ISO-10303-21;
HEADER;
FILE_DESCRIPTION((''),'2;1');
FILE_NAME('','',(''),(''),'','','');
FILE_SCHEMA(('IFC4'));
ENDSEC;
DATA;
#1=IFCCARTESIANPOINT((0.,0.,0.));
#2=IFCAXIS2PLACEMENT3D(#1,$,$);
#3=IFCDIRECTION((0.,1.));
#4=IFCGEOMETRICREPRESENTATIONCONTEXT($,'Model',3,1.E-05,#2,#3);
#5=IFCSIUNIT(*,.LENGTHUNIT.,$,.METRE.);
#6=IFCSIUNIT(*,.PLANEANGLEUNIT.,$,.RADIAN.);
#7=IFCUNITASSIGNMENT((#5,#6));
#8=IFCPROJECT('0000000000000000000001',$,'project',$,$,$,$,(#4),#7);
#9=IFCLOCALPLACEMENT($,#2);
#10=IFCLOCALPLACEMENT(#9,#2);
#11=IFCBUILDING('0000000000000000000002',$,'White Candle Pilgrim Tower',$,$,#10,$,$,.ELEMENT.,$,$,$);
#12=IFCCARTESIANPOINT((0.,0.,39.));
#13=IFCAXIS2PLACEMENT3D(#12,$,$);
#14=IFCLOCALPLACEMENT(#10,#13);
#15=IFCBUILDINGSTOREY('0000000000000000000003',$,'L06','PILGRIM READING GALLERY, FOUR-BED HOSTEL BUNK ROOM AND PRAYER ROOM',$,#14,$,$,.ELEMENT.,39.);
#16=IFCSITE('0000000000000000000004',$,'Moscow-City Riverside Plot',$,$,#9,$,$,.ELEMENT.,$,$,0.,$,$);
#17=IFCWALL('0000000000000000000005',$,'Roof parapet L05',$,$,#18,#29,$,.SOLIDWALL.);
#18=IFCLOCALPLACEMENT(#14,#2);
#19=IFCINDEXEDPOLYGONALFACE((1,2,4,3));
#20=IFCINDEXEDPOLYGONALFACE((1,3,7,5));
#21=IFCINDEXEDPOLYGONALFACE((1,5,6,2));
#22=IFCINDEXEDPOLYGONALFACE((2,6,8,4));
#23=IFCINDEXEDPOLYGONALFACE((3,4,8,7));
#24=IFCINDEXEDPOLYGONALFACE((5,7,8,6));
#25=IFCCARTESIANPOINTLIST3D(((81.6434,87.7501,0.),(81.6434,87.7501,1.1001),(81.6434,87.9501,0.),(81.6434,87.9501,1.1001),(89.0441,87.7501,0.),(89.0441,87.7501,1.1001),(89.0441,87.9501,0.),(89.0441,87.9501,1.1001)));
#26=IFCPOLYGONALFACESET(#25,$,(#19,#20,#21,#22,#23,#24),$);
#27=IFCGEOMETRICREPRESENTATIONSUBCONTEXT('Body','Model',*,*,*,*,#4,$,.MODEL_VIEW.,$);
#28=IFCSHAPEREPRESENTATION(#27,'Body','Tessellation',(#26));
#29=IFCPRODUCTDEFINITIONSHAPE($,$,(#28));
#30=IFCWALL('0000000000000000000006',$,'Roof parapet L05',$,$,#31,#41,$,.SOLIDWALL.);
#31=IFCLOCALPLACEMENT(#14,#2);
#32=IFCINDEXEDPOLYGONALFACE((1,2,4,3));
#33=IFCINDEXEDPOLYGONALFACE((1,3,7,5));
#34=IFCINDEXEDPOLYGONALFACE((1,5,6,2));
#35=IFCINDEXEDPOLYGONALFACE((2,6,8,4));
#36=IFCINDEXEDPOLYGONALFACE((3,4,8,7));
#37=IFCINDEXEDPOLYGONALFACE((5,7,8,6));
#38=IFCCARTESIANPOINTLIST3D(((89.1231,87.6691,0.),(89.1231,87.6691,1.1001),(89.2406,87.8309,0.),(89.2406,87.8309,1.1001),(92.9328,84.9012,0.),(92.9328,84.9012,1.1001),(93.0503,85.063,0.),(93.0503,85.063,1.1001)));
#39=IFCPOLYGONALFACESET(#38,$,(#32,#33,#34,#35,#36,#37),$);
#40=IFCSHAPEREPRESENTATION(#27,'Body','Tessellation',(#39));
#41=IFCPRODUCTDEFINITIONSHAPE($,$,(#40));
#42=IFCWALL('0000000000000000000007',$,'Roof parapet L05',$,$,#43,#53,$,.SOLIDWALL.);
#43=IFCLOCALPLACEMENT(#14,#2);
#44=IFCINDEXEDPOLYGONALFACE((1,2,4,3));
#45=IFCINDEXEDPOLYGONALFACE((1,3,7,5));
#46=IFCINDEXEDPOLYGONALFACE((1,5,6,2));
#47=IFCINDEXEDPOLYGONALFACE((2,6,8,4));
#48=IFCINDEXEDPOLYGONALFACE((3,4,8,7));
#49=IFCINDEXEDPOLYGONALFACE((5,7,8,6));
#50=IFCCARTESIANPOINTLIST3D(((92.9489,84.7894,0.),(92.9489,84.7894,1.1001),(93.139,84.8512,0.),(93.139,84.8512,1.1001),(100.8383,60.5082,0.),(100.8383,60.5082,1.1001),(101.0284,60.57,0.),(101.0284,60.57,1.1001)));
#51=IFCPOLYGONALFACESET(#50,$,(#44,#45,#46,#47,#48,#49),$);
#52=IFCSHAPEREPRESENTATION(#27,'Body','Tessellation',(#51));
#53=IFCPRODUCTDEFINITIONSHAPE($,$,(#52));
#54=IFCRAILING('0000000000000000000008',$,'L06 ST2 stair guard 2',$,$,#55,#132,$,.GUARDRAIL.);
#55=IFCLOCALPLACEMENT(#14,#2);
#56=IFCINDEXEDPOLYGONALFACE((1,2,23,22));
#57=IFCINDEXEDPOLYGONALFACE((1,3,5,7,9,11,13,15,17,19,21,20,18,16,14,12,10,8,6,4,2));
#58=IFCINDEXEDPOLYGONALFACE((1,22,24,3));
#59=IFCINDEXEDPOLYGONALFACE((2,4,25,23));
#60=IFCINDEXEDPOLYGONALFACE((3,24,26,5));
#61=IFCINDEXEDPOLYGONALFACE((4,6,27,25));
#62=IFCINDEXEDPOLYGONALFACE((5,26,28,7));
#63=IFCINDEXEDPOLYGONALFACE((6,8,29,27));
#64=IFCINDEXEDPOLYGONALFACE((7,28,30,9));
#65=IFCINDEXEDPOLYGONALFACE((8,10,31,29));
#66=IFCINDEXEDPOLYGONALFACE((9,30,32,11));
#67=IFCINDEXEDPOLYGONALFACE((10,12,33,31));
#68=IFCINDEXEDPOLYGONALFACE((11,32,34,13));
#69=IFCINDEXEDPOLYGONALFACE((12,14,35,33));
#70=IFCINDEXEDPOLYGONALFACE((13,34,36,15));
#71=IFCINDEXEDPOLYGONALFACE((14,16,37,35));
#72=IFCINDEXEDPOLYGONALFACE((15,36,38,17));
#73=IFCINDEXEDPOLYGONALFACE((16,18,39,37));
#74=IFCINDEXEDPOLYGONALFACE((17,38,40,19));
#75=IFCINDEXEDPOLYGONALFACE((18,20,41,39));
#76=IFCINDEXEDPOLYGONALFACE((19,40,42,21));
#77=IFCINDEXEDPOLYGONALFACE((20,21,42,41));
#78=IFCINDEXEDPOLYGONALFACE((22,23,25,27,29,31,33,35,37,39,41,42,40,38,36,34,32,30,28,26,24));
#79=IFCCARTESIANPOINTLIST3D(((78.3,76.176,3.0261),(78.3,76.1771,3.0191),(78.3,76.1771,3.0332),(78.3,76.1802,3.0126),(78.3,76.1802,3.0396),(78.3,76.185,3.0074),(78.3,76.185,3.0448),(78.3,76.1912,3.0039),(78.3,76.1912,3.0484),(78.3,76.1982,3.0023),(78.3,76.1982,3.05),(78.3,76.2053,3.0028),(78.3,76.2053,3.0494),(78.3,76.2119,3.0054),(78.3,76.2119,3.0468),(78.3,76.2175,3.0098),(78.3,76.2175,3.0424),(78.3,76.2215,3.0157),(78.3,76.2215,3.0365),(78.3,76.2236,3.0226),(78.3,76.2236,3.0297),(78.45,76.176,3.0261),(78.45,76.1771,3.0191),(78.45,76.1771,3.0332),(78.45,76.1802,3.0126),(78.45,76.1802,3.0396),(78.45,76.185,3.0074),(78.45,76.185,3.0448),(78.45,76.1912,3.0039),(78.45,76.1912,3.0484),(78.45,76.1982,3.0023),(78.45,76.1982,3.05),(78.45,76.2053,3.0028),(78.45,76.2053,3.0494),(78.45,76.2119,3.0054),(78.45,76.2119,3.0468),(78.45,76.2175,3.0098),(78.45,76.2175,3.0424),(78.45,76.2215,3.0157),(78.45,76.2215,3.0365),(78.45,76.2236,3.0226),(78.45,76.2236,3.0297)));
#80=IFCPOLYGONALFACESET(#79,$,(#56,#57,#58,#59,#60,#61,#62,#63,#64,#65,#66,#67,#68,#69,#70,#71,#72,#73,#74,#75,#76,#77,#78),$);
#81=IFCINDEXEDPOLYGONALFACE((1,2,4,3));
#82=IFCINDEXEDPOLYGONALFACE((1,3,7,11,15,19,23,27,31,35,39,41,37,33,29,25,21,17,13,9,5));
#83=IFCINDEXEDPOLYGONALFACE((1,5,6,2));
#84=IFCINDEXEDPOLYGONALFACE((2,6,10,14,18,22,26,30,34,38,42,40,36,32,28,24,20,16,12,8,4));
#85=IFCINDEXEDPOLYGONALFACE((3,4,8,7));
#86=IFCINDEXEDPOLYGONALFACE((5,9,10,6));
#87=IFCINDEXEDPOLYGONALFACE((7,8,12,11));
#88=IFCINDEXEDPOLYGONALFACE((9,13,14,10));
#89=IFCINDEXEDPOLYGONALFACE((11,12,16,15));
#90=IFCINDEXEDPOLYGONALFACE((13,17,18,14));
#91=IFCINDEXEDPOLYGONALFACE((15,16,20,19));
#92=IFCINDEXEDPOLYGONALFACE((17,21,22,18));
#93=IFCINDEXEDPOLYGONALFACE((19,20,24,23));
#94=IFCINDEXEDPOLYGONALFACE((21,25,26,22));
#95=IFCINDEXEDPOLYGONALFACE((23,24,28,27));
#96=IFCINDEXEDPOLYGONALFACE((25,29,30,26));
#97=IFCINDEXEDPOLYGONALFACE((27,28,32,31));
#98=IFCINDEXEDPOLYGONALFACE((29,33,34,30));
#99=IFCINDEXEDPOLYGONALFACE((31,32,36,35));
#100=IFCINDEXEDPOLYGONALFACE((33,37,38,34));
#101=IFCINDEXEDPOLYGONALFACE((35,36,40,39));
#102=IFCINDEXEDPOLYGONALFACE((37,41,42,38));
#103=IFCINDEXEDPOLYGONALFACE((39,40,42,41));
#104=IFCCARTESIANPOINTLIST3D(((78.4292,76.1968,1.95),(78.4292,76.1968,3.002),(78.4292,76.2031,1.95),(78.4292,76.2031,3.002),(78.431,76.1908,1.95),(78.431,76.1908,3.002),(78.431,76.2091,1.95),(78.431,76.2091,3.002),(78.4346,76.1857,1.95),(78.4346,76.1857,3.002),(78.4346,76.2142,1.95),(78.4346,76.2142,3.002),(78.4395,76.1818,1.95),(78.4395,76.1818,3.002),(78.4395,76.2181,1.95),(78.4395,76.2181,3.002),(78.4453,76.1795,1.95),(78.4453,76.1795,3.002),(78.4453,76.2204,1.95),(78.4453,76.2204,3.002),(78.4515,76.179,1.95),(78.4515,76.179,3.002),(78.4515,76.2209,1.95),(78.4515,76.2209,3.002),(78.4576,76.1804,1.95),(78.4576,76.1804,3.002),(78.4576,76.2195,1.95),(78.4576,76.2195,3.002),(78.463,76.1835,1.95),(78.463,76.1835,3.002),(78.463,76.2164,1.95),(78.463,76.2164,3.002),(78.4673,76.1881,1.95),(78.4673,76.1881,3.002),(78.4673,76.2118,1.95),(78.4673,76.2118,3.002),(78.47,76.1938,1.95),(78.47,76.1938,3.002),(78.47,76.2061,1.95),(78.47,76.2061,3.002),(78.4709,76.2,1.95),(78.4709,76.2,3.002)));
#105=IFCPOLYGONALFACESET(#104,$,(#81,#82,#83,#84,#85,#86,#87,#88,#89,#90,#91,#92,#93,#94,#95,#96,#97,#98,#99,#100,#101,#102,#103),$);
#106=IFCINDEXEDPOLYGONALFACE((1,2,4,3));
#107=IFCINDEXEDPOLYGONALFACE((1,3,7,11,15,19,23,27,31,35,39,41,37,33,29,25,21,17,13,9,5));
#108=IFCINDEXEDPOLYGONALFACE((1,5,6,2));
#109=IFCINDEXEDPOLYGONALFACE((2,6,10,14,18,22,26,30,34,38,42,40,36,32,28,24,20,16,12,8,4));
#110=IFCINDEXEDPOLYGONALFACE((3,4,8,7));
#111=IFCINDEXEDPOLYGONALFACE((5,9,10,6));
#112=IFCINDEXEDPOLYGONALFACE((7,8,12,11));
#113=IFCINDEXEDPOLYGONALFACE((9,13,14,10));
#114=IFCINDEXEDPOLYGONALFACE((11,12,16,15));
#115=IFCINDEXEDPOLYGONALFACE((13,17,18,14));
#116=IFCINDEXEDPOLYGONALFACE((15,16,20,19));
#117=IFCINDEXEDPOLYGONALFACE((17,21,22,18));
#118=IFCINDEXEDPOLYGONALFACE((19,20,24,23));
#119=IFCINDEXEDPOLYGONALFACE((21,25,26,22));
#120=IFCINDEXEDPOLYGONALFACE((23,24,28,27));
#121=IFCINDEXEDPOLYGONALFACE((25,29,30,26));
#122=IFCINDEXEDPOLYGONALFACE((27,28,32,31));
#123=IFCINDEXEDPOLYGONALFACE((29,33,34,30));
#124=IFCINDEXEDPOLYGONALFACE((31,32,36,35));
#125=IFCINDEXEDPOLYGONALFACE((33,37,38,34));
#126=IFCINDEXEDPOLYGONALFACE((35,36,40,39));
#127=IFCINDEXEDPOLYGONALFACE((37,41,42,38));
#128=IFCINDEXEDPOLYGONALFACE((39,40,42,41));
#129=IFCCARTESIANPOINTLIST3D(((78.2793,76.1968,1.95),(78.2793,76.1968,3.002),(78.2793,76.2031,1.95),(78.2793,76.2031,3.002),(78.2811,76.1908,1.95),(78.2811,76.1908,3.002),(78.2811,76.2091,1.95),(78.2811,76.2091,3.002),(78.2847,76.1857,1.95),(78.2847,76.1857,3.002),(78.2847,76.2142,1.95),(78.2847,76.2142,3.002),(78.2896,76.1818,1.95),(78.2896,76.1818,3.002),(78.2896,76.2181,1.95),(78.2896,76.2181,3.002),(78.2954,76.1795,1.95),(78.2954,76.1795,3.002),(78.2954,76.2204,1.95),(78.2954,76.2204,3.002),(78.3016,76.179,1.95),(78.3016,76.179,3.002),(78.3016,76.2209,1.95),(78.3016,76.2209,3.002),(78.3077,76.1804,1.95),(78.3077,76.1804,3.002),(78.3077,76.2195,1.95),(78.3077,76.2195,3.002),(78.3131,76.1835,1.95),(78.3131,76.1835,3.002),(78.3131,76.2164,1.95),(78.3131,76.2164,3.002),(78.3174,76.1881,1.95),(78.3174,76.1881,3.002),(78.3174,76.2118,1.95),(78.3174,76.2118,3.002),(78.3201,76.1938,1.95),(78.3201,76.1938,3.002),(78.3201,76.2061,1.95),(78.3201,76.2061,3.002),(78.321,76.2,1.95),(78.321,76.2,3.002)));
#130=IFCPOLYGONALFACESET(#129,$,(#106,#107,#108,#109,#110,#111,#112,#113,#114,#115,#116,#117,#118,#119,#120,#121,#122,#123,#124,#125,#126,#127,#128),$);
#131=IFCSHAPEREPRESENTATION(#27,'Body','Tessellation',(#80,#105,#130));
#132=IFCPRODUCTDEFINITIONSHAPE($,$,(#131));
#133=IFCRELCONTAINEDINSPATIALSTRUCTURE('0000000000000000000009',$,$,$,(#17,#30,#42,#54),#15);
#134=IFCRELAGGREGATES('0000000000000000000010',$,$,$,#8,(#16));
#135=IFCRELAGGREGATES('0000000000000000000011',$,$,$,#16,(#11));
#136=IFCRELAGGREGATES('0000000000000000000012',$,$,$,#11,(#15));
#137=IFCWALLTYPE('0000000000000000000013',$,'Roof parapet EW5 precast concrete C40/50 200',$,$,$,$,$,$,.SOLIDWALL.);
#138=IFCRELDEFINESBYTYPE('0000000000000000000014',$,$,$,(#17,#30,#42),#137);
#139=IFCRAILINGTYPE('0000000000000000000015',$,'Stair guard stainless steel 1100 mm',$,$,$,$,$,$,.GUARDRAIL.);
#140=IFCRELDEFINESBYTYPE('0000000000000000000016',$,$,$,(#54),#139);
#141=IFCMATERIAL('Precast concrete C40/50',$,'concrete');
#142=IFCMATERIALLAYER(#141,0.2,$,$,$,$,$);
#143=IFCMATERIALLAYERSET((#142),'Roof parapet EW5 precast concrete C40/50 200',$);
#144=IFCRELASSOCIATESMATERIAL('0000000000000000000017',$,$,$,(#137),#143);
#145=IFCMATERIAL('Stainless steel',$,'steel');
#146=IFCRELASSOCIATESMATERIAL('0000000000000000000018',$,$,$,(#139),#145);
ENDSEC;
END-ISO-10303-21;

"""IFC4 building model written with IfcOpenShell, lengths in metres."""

from ifc_helpers import new_model, si_unit, direction, frame, frame_2d, origin, origin_2d, place, context, subcontext, project, spatial, rectangle, circle, extrude, material, layer, layer_set, type_object, element, save


model = new_model("IFC4")

# Units and contexts
model_context = context("Model", 3, precision=1e-05, world=origin(), true_north=direction((0.0, 1.0)))
body_context = subcontext(model_context, "Body", "Model", "MODEL_VIEW")
ifc_project = project(units=[si_unit("LENGTHUNIT", "METRE"), si_unit("PLANEANGLEUNIT", "RADIAN")], contexts=[model_context])

# Site, building, storey
site_placement = place(None, origin())
site = spatial("IfcSite", under=ifc_project, at=site_placement, Name="Moscow-City Riverside Plot", CompositionType="ELEMENT", RefElevation=0.0)
building_placement = place(site_placement, origin())
building = spatial("IfcBuilding", under=site, at=building_placement, Name="White Candle Pilgrim Tower", CompositionType="ELEMENT")
storey_placement = place(building_placement, frame((0.0, 0.0, 39.0)))
storey = spatial("IfcBuildingStorey", under=building, at=storey_placement, Name="L06", Description="PILGRIM READING GALLERY, FOUR-BED HOSTEL BUNK ROOM AND PRAYER ROOM", CompositionType="ELEMENT", Elevation=39.0)

# Shared definitions
ifc_material_1 = material(Name="Precast concrete C40/50", Category="concrete")

# Walls
ifc_layer_1 = layer(ifc_material_1, 0.2)
ifc_layer_set_1 = layer_set([ifc_layer_1], Name="Roof parapet EW5 precast concrete C40/50 200")
wall_type_1 = type_object("IfcWallType", Name="Roof parapet EW5 precast concrete C40/50 200", PredefinedType="SOLIDWALL", material=ifc_layer_set_1)
wall_1_placement = place(storey_placement, frame((81.6436, 87.8501, 0.0), z_axis=(0.0, 0.0, 1.0), x_axis=(1.0, 0.0, 0.0)))
element("IfcWall", 1, at=wall_1_placement, inside=storey, type_object=wall_type_1, Name="Roof parapet L05", PredefinedType="SOLIDWALL", context=body_context, shape_type="SweptSolid", body=[
    extrude(rectangle(XDim=7.4006, YDim=0.2, at=frame_2d((3.7002, 0.0))), origin(), (0.0, 0.0, 1.0), 1.1001),
])
wall_2_placement = place(storey_placement, frame((89.1819, 87.75, 0.0), z_axis=(0.0, 0.0, 1.0), x_axis=(0.809016, -0.587786, 0.0)))
element("IfcWall", 2, at=wall_2_placement, inside=storey, type_object=wall_type_1, Name="Roof parapet L05", PredefinedType="SOLIDWALL", context=body_context, shape_type="SweptSolid", body=[
    extrude(rectangle(XDim=4.709, YDim=0.2, at=frame_2d((2.3545, 0.0))), origin(), (0.0, 0.0, 1.0), 1.1001),
])
wall_3_placement = place(storey_placement, frame((93.0439, 84.8203, 0.0), z_axis=(0.0, 0.0, 1.0), x_axis=(0.309015, -0.951057, 0.0)))
element("IfcWall", 3, at=wall_3_placement, inside=storey, type_object=wall_type_1, Name="Roof parapet L05", PredefinedType="SOLIDWALL", context=body_context, shape_type="SweptSolid", body=[
    extrude(rectangle(XDim=25.5308, YDim=0.2, at=frame_2d((12.7654, 0.0))), origin(), (0.0, 0.0, 1.0), 1.1001),
])

# Railing
ifc_material_2 = material(Name="Stainless steel", Category="steel")
railing_type_1 = type_object("IfcRailingType", Name="Stair guard stainless steel 1100 mm", PredefinedType="GUARDRAIL", material=ifc_material_2)
railing_1_placement = place(storey_placement, frame((78.45, 76.2, 1.95)))
element("IfcRailing", 4, at=railing_1_placement, inside=storey, type_object=railing_type_1, Name="L06 ST2 stair guard 2", PredefinedType="GUARDRAIL", context=body_context, shape_type="SweptSolid", body=[
    extrude(circle(Radius=0.0239, at=origin_2d()), frame((0.0, 0.0, 1.0762), z_axis=(-1.0, 0.0, 0.0), x_axis=(0.0, -1.0, 0.0)), (0.0, 0.0, 1.0), 0.1499),
    extrude(circle(Radius=0.021, at=origin_2d()), origin(), (0.0, 0.0, 1.0), 1.052),
    extrude(circle(Radius=0.021, at=origin_2d()), frame((-0.1499, 0.0, 0.0)), (0.0, 0.0, 1.0), 1.052),
])

save(model, "model.ifc")
